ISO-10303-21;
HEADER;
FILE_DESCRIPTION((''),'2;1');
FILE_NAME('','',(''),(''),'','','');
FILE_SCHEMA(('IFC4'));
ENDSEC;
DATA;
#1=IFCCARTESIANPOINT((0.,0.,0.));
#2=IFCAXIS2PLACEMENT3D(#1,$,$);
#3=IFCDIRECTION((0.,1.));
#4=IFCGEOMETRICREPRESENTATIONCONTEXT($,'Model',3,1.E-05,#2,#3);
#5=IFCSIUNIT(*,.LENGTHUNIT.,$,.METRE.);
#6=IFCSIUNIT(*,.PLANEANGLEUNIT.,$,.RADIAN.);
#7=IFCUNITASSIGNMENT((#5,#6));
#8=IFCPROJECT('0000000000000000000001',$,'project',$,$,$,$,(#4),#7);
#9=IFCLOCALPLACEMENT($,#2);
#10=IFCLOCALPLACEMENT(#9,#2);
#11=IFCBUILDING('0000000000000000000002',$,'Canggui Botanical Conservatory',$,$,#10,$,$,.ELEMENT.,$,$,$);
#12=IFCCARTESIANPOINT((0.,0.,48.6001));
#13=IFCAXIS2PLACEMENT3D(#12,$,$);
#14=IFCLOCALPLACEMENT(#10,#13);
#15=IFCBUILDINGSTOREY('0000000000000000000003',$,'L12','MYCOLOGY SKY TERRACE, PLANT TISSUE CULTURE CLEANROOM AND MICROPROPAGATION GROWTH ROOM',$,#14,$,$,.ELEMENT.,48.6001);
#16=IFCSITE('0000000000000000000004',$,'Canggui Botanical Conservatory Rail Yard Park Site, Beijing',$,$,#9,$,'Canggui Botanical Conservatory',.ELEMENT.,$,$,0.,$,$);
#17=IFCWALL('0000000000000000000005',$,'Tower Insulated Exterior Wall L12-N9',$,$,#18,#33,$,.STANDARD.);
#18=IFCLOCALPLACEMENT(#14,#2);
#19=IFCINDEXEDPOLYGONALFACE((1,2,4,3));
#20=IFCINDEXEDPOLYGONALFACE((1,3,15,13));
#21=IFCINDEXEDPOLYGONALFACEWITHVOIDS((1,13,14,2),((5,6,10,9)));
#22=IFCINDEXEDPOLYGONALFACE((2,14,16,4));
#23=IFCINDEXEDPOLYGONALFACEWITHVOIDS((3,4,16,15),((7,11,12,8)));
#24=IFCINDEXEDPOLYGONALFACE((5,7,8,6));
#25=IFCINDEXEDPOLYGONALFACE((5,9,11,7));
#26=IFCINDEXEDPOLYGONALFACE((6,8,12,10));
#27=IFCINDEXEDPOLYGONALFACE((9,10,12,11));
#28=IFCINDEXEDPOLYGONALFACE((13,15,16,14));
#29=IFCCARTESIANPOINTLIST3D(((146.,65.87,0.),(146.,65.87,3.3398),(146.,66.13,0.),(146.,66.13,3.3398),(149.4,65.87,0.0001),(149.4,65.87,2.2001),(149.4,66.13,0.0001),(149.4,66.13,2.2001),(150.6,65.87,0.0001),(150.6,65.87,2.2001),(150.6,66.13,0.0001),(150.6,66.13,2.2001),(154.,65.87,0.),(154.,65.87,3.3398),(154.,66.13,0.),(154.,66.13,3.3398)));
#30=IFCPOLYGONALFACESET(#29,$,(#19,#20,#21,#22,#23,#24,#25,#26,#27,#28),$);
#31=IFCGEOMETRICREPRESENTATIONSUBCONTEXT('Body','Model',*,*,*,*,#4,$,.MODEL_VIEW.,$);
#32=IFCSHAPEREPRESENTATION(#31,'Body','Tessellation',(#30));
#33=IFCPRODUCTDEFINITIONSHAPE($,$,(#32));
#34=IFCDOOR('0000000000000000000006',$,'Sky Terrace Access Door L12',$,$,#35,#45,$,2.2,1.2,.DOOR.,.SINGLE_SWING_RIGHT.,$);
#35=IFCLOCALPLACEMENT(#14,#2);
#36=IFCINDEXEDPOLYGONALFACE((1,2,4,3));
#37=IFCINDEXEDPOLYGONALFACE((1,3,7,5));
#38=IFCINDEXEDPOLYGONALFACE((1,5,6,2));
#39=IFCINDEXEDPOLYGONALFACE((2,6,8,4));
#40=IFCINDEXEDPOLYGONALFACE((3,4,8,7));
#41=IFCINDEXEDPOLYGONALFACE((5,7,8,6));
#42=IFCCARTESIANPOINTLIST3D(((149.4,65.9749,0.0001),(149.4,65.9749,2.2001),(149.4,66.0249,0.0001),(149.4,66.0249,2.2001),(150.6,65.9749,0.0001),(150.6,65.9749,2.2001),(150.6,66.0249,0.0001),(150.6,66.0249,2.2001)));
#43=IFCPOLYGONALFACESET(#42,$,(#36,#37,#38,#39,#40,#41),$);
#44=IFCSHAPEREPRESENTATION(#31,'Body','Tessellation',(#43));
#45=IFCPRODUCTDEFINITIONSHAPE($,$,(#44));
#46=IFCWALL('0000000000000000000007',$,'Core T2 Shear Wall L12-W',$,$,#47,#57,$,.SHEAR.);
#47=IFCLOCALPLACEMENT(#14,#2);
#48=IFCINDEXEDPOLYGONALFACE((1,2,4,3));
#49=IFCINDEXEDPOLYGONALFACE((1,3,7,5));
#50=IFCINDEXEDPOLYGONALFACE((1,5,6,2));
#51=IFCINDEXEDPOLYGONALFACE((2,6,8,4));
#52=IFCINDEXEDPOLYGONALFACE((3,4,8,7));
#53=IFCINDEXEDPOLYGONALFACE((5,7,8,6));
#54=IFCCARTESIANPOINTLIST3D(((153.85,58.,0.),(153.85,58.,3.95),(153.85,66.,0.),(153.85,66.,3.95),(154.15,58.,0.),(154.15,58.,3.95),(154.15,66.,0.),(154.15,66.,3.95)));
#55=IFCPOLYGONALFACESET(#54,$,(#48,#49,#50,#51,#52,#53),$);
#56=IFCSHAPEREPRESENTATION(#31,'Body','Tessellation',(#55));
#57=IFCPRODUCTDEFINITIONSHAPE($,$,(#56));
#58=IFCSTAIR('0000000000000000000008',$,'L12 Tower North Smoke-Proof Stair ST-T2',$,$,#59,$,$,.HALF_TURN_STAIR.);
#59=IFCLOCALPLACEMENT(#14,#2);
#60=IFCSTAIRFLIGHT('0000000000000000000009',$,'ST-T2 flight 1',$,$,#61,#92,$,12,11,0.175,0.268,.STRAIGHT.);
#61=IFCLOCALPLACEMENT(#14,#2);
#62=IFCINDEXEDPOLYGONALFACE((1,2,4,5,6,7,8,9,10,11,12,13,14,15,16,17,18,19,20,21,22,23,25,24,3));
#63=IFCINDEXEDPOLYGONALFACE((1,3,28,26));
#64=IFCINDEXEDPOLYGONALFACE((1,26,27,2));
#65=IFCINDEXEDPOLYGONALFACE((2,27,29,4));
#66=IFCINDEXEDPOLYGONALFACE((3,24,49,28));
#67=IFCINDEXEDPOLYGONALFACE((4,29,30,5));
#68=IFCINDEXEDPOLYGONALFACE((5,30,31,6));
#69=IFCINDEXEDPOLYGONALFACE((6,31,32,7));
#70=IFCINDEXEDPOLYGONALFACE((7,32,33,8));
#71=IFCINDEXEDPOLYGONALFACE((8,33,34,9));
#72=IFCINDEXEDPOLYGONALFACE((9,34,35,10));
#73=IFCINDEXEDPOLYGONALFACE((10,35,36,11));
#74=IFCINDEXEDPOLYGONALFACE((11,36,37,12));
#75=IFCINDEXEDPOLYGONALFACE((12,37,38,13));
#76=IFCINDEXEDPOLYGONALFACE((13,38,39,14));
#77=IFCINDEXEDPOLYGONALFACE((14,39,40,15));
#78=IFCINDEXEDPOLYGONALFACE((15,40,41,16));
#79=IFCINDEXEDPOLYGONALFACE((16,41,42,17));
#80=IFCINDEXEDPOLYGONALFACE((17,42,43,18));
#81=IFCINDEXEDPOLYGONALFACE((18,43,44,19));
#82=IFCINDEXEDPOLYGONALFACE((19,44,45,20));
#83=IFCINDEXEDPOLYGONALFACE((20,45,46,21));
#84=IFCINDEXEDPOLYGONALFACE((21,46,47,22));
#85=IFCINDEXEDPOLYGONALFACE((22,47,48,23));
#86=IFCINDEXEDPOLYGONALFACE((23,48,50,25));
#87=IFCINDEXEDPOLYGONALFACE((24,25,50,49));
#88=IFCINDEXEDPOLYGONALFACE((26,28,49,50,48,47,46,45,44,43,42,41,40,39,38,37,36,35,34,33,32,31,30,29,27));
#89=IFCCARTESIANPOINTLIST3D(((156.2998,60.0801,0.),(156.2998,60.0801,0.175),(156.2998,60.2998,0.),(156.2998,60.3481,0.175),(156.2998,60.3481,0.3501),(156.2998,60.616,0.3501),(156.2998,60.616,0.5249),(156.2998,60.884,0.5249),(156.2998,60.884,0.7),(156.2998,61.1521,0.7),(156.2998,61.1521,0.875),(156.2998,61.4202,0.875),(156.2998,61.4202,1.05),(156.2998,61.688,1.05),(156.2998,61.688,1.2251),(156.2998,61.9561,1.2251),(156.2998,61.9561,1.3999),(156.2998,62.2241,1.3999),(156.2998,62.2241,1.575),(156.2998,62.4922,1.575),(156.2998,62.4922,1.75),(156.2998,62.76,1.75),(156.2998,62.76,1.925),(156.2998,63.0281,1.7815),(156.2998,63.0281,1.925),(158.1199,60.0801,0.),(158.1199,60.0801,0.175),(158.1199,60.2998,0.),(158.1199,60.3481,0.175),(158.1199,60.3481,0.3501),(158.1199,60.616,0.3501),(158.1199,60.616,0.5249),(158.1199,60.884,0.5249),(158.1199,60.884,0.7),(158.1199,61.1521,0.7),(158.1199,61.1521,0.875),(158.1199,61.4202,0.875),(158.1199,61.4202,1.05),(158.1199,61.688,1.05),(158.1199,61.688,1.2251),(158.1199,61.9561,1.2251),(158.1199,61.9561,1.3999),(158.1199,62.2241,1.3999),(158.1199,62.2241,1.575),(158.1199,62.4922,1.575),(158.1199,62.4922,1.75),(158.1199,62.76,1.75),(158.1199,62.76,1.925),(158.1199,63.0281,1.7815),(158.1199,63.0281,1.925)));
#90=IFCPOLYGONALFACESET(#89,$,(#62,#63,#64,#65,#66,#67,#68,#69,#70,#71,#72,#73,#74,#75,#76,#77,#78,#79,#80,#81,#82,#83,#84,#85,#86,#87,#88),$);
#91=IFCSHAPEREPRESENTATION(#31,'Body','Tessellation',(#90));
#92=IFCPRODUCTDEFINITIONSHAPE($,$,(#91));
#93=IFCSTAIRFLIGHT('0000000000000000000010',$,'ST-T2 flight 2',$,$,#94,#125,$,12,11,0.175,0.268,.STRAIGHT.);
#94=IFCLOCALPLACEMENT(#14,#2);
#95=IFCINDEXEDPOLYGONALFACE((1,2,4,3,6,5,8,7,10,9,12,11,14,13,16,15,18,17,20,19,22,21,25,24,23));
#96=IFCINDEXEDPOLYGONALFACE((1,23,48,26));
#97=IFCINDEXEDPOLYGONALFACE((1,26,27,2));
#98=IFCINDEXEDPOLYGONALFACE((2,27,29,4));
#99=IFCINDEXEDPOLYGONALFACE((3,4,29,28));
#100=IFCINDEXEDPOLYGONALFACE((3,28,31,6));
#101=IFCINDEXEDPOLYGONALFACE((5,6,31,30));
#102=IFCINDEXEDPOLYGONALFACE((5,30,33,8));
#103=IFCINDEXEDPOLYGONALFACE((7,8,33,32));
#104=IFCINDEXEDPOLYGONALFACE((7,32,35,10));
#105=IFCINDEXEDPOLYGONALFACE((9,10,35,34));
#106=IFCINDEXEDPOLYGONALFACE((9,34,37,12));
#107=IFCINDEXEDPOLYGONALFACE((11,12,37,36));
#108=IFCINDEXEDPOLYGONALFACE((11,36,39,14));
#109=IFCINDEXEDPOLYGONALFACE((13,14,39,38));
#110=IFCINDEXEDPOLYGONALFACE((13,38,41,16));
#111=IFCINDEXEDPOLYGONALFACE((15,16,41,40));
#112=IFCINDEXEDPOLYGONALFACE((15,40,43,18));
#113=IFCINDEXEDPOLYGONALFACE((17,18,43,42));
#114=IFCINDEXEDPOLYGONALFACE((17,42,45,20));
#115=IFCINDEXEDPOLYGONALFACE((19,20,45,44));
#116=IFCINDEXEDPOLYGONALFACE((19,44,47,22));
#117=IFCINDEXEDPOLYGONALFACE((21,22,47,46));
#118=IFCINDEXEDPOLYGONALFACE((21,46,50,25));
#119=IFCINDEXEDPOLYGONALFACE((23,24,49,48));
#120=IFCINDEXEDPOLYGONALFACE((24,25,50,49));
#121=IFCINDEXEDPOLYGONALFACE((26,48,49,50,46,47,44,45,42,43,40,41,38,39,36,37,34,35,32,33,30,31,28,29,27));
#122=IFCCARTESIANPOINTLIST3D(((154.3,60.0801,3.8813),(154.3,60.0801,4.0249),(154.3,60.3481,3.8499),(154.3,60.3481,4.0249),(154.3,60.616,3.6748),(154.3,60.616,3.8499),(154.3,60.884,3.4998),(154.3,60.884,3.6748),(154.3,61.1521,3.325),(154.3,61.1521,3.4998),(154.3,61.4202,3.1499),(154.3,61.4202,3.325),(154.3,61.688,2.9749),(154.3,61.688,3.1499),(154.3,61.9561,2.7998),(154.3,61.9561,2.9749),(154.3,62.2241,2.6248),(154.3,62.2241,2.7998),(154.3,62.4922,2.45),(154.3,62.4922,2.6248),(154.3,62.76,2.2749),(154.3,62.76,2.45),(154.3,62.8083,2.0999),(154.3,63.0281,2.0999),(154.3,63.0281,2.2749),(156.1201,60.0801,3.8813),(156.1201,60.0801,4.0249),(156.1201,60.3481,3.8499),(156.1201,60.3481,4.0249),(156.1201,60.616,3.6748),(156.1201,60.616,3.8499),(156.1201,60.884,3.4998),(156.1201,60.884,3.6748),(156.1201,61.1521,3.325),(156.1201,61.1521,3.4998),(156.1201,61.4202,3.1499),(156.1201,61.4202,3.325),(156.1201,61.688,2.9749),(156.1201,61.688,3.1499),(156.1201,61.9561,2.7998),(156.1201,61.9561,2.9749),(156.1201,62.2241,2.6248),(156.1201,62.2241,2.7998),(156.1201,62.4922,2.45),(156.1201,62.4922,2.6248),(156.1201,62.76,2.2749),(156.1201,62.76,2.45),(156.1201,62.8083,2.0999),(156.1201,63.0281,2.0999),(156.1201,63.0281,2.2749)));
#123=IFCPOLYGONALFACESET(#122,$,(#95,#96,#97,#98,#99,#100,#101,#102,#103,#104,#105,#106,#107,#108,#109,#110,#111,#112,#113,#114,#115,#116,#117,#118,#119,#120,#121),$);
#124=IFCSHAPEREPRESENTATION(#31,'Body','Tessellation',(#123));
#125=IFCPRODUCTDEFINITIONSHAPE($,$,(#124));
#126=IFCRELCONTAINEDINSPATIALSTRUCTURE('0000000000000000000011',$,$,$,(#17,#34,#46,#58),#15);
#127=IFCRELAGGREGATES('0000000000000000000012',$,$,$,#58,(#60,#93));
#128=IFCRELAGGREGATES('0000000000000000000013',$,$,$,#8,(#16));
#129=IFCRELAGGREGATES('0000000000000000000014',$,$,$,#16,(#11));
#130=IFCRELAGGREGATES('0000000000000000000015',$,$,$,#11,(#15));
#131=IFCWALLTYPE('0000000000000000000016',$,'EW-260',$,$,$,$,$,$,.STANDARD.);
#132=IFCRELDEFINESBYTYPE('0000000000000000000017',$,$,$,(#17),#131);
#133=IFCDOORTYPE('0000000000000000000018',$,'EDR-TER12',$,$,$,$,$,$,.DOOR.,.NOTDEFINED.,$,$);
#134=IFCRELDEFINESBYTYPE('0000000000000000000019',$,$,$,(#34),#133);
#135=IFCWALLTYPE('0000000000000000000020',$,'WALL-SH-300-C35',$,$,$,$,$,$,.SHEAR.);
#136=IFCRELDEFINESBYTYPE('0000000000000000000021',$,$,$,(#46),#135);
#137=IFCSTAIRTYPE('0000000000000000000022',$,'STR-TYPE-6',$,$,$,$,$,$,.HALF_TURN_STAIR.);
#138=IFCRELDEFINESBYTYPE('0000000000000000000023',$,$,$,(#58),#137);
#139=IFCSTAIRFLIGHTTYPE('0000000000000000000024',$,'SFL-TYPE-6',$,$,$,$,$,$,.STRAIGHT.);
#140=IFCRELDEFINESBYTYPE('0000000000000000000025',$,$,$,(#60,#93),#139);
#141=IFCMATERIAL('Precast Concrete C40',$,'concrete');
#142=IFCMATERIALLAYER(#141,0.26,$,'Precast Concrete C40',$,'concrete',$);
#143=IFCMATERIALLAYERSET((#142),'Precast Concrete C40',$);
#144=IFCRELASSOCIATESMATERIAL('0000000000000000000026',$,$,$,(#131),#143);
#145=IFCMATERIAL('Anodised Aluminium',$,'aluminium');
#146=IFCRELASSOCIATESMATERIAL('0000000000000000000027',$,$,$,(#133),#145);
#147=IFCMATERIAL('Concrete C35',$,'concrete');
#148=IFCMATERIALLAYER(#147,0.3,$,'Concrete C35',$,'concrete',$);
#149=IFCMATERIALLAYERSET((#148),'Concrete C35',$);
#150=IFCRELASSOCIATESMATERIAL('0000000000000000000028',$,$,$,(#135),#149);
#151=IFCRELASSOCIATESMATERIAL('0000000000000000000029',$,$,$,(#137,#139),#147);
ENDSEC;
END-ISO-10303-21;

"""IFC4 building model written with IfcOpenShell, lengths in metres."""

from ifc_helpers import new_model, si_unit, direction, frame, frame_2d, origin, place, context, subcontext, project, spatial, polyline, rectangle, outline, extrude, material, layer, layer_set, type_object, element, fill, aggregate, save


model = new_model("IFC4")

# Units and contexts
model_context = context("Model", 3, precision=1e-05, world=origin(), true_north=direction((0.0, 1.0)))
body_context = subcontext(model_context, "Body", "Model", "MODEL_VIEW")
ifc_project = project(units=[si_unit("LENGTHUNIT", "METRE"), si_unit("PLANEANGLEUNIT", "RADIAN")], contexts=[model_context])

# Site, building, storey
site_placement = place(None, origin())
site = spatial("IfcSite", under=ifc_project, at=site_placement, Name="Canggui Botanical Conservatory Rail Yard Park Site, Beijing", LongName="Canggui Botanical Conservatory", CompositionType="ELEMENT", RefElevation=0.0)
building_placement = place(site_placement, origin())
building = spatial("IfcBuilding", under=site, at=building_placement, Name="Canggui Botanical Conservatory", CompositionType="ELEMENT")
storey_placement = place(building_placement, frame((0.0, 0.0, 48.6001)))
storey = spatial("IfcBuildingStorey", under=building, at=storey_placement, Name="L12", Description="MYCOLOGY SKY TERRACE, PLANT TISSUE CULTURE CLEANROOM AND MICROPROPAGATION GROWTH ROOM", CompositionType="ELEMENT", Elevation=48.6001)

# Shared definitions
ifc_material_1 = material(Name="Concrete C35", Category="concrete")

# Wall, opening, door
ifc_material_2 = material(Name="Precast Concrete C40", Category="concrete")
ifc_layer_1 = layer(ifc_material_2, 0.26, Name="Precast Concrete C40", Category="concrete")
ifc_layer_set_1 = layer_set([ifc_layer_1], Name="Precast Concrete C40")
wall_type_1 = type_object("IfcWallType", Name="EW-260", PredefinedType="STANDARD", material=ifc_layer_set_1)
wall_1_placement = place(storey_placement, frame((146.0, 66.0, 0.0), z_axis=(0.0, 0.0, 1.0), x_axis=(1.0, 0.0, 0.0)))
wall_1 = element("IfcWall", 1, at=wall_1_placement, inside=storey, type_object=wall_type_1, Name="Tower Insulated Exterior Wall L12-N9", PredefinedType="STANDARD", context=body_context, shape_type="SweptSolid", body=[
    extrude(rectangle(XDim=8.0, YDim=0.26, at=frame_2d((4.0, 0.0))), origin(), (0.0, 0.0, 1.0), 3.3398),
])
opening_placement = place(wall_1_placement, frame((3.3999, 0.0, 0.0)))
opening = element("IfcOpeningElement", 2, at=opening_placement, cuts=wall_1, PredefinedType="OPENING", context=body_context, shape_type="SweptSolid", body=[
    extrude(rectangle(XDim=1.2, YDim=2.2, at=frame_2d((0.6001, 1.1001))), frame((0.0, 0.1401, 0.0), z_axis=(0.0, -1.0, 0.0), x_axis=(1.0, 0.0, 0.0)), (0.0, 0.0, 1.0), 0.28),
])
ifc_material_3 = material(Name="Anodised Aluminium", Category="aluminium")
door_type = type_object("IfcDoorType", Name="EDR-TER12", OperationType="NOTDEFINED", PredefinedType="DOOR", material=ifc_material_3)
door_placement = place(opening_placement, origin())
door = element("IfcDoor", 3, at=door_placement, inside=storey, type_object=door_type, Name="Sky Terrace Access Door L12", OperationType="SINGLE_SWING_RIGHT", OverallHeight=2.2, OverallWidth=1.2, PredefinedType="DOOR", context=body_context, shape_type="SweptSolid", body=[
    extrude(rectangle(XDim=1.2, YDim=2.2, at=frame_2d((0.6001, 1.1001))), frame((0.0, 0.0249, 0.0), z_axis=(0.0, -1.0, 0.0), x_axis=(1.0, 0.0, 0.0)), (0.0, 0.0, 1.0), 0.05),
])
fill(opening, door)

# Wall
ifc_layer_2 = layer(ifc_material_1, 0.3, Name="Concrete C35", Category="concrete")
ifc_layer_set_2 = layer_set([ifc_layer_2], Name="Concrete C35")
wall_type_2 = type_object("IfcWallType", Name="WALL-SH-300-C35", PredefinedType="SHEAR", material=ifc_layer_set_2)
wall_2_placement = place(storey_placement, frame((154.0, 66.0, 0.0), z_axis=(0.0, 0.0, 1.0), x_axis=(0.0, -1.0, 0.0)))
element("IfcWall", 4, at=wall_2_placement, inside=storey, type_object=wall_type_2, Name="Core T2 Shear Wall L12-W", PredefinedType="SHEAR", context=body_context, shape_type="SweptSolid", body=[
    extrude(rectangle(XDim=8.0, YDim=0.3, at=frame_2d((4.0, 0.0))), origin(), (0.0, 0.0, 1.0), 3.95),
])

# Stair, stair flights
stair_type = type_object("IfcStairType", Name="STR-TYPE-6", PredefinedType="HALF_TURN_STAIR", material=ifc_material_1)
stair_placement = place(storey_placement, origin())
stair = element("IfcStair", 5, at=stair_placement, inside=storey, type_object=stair_type, Name="L12 Tower North Smoke-Proof Stair ST-T2", PredefinedType="HALF_TURN_STAIR")
stair_flight_type = type_object("IfcStairFlightType", Name="SFL-TYPE-6", PredefinedType="STRAIGHT", material=ifc_material_1)
stair_flight_1_placement = place(storey_placement, frame((157.21, 60.0801, 0.0), z_axis=(0.0, 0.0, 1.0), x_axis=(0.0, 1.0, 0.0)))
stair_flight_1 = element("IfcStairFlight", 6, at=stair_flight_1_placement, type_object=stair_flight_type, Name="ST-T2 flight 1", NumberOfRisers=12, NumberOfTreads=11, PredefinedType="STRAIGHT", RiserHeight=0.175, TreadLength=0.268, context=body_context, shape_type="SweptSolid", body=[
    extrude(outline(polyline([(0.0, 0.0), (0.0, 0.175), (0.2681, 0.175), (0.2681, 0.3501), (0.5359, 0.3501), (0.5359, 0.5249), (0.804, 0.5249), (0.804, 0.7), (1.072, 0.7), (1.072, 0.875), (1.3401, 0.875), (1.3401, 1.05), (1.6079, 1.05), (1.6079, 1.2251), (1.876, 1.2251), (1.876, 1.3999), (2.144, 1.3999), (2.144, 1.575), (2.4121, 1.575), (2.4121, 1.75), (2.6799, 1.75), (2.6799, 1.925), (2.948, 1.925), (2.948, 2.1001), (2.948, 1.7815), (0.2197, 0.0), (0.0, 0.0)])), frame((0.0, 0.9102, 0.0), z_axis=(0.0, -1.0, 0.0), x_axis=(1.0, 0.0, 0.0)), (0.0, 0.0, 1.0), 1.8201),
])
stair_flight_2_placement = place(storey_placement, frame((155.21, 63.0281, 2.0999), z_axis=(0.0, 0.0, 1.0), x_axis=(0.0, -1.0, 0.0)))
stair_flight_2 = element("IfcStairFlight", 7, at=stair_flight_2_placement, type_object=stair_flight_type, Name="ST-T2 flight 2", NumberOfRisers=12, NumberOfTreads=11, PredefinedType="STRAIGHT", RiserHeight=0.175, TreadLength=0.268, context=body_context, shape_type="SweptSolid", body=[
    extrude(outline(polyline([(0.0, 0.0), (0.0, 0.175), (0.2681, 0.175), (0.2681, 0.3501), (0.5359, 0.3501), (0.5359, 0.5249), (0.804, 0.5249), (0.804, 0.7), (1.072, 0.7), (1.072, 0.875), (1.3401, 0.875), (1.3401, 1.05), (1.6079, 1.05), (1.6079, 1.2251), (1.876, 1.2251), (1.876, 1.3999), (2.144, 1.3999), (2.144, 1.575), (2.4121, 1.575), (2.4121, 1.75), (2.6799, 1.75), (2.6799, 1.925), (2.948, 1.925), (2.948, 2.1001), (2.948, 1.7815), (0.2197, 0.0), (0.0, 0.0)])), frame((0.0, 0.9102, 0.0), z_axis=(0.0, -1.0, 0.0), x_axis=(1.0, 0.0, 0.0)), (0.0, 0.0, 1.0), 1.8201),
])
aggregate(stair, [stair_flight_1, stair_flight_2])

save(model, "model.ifc")
